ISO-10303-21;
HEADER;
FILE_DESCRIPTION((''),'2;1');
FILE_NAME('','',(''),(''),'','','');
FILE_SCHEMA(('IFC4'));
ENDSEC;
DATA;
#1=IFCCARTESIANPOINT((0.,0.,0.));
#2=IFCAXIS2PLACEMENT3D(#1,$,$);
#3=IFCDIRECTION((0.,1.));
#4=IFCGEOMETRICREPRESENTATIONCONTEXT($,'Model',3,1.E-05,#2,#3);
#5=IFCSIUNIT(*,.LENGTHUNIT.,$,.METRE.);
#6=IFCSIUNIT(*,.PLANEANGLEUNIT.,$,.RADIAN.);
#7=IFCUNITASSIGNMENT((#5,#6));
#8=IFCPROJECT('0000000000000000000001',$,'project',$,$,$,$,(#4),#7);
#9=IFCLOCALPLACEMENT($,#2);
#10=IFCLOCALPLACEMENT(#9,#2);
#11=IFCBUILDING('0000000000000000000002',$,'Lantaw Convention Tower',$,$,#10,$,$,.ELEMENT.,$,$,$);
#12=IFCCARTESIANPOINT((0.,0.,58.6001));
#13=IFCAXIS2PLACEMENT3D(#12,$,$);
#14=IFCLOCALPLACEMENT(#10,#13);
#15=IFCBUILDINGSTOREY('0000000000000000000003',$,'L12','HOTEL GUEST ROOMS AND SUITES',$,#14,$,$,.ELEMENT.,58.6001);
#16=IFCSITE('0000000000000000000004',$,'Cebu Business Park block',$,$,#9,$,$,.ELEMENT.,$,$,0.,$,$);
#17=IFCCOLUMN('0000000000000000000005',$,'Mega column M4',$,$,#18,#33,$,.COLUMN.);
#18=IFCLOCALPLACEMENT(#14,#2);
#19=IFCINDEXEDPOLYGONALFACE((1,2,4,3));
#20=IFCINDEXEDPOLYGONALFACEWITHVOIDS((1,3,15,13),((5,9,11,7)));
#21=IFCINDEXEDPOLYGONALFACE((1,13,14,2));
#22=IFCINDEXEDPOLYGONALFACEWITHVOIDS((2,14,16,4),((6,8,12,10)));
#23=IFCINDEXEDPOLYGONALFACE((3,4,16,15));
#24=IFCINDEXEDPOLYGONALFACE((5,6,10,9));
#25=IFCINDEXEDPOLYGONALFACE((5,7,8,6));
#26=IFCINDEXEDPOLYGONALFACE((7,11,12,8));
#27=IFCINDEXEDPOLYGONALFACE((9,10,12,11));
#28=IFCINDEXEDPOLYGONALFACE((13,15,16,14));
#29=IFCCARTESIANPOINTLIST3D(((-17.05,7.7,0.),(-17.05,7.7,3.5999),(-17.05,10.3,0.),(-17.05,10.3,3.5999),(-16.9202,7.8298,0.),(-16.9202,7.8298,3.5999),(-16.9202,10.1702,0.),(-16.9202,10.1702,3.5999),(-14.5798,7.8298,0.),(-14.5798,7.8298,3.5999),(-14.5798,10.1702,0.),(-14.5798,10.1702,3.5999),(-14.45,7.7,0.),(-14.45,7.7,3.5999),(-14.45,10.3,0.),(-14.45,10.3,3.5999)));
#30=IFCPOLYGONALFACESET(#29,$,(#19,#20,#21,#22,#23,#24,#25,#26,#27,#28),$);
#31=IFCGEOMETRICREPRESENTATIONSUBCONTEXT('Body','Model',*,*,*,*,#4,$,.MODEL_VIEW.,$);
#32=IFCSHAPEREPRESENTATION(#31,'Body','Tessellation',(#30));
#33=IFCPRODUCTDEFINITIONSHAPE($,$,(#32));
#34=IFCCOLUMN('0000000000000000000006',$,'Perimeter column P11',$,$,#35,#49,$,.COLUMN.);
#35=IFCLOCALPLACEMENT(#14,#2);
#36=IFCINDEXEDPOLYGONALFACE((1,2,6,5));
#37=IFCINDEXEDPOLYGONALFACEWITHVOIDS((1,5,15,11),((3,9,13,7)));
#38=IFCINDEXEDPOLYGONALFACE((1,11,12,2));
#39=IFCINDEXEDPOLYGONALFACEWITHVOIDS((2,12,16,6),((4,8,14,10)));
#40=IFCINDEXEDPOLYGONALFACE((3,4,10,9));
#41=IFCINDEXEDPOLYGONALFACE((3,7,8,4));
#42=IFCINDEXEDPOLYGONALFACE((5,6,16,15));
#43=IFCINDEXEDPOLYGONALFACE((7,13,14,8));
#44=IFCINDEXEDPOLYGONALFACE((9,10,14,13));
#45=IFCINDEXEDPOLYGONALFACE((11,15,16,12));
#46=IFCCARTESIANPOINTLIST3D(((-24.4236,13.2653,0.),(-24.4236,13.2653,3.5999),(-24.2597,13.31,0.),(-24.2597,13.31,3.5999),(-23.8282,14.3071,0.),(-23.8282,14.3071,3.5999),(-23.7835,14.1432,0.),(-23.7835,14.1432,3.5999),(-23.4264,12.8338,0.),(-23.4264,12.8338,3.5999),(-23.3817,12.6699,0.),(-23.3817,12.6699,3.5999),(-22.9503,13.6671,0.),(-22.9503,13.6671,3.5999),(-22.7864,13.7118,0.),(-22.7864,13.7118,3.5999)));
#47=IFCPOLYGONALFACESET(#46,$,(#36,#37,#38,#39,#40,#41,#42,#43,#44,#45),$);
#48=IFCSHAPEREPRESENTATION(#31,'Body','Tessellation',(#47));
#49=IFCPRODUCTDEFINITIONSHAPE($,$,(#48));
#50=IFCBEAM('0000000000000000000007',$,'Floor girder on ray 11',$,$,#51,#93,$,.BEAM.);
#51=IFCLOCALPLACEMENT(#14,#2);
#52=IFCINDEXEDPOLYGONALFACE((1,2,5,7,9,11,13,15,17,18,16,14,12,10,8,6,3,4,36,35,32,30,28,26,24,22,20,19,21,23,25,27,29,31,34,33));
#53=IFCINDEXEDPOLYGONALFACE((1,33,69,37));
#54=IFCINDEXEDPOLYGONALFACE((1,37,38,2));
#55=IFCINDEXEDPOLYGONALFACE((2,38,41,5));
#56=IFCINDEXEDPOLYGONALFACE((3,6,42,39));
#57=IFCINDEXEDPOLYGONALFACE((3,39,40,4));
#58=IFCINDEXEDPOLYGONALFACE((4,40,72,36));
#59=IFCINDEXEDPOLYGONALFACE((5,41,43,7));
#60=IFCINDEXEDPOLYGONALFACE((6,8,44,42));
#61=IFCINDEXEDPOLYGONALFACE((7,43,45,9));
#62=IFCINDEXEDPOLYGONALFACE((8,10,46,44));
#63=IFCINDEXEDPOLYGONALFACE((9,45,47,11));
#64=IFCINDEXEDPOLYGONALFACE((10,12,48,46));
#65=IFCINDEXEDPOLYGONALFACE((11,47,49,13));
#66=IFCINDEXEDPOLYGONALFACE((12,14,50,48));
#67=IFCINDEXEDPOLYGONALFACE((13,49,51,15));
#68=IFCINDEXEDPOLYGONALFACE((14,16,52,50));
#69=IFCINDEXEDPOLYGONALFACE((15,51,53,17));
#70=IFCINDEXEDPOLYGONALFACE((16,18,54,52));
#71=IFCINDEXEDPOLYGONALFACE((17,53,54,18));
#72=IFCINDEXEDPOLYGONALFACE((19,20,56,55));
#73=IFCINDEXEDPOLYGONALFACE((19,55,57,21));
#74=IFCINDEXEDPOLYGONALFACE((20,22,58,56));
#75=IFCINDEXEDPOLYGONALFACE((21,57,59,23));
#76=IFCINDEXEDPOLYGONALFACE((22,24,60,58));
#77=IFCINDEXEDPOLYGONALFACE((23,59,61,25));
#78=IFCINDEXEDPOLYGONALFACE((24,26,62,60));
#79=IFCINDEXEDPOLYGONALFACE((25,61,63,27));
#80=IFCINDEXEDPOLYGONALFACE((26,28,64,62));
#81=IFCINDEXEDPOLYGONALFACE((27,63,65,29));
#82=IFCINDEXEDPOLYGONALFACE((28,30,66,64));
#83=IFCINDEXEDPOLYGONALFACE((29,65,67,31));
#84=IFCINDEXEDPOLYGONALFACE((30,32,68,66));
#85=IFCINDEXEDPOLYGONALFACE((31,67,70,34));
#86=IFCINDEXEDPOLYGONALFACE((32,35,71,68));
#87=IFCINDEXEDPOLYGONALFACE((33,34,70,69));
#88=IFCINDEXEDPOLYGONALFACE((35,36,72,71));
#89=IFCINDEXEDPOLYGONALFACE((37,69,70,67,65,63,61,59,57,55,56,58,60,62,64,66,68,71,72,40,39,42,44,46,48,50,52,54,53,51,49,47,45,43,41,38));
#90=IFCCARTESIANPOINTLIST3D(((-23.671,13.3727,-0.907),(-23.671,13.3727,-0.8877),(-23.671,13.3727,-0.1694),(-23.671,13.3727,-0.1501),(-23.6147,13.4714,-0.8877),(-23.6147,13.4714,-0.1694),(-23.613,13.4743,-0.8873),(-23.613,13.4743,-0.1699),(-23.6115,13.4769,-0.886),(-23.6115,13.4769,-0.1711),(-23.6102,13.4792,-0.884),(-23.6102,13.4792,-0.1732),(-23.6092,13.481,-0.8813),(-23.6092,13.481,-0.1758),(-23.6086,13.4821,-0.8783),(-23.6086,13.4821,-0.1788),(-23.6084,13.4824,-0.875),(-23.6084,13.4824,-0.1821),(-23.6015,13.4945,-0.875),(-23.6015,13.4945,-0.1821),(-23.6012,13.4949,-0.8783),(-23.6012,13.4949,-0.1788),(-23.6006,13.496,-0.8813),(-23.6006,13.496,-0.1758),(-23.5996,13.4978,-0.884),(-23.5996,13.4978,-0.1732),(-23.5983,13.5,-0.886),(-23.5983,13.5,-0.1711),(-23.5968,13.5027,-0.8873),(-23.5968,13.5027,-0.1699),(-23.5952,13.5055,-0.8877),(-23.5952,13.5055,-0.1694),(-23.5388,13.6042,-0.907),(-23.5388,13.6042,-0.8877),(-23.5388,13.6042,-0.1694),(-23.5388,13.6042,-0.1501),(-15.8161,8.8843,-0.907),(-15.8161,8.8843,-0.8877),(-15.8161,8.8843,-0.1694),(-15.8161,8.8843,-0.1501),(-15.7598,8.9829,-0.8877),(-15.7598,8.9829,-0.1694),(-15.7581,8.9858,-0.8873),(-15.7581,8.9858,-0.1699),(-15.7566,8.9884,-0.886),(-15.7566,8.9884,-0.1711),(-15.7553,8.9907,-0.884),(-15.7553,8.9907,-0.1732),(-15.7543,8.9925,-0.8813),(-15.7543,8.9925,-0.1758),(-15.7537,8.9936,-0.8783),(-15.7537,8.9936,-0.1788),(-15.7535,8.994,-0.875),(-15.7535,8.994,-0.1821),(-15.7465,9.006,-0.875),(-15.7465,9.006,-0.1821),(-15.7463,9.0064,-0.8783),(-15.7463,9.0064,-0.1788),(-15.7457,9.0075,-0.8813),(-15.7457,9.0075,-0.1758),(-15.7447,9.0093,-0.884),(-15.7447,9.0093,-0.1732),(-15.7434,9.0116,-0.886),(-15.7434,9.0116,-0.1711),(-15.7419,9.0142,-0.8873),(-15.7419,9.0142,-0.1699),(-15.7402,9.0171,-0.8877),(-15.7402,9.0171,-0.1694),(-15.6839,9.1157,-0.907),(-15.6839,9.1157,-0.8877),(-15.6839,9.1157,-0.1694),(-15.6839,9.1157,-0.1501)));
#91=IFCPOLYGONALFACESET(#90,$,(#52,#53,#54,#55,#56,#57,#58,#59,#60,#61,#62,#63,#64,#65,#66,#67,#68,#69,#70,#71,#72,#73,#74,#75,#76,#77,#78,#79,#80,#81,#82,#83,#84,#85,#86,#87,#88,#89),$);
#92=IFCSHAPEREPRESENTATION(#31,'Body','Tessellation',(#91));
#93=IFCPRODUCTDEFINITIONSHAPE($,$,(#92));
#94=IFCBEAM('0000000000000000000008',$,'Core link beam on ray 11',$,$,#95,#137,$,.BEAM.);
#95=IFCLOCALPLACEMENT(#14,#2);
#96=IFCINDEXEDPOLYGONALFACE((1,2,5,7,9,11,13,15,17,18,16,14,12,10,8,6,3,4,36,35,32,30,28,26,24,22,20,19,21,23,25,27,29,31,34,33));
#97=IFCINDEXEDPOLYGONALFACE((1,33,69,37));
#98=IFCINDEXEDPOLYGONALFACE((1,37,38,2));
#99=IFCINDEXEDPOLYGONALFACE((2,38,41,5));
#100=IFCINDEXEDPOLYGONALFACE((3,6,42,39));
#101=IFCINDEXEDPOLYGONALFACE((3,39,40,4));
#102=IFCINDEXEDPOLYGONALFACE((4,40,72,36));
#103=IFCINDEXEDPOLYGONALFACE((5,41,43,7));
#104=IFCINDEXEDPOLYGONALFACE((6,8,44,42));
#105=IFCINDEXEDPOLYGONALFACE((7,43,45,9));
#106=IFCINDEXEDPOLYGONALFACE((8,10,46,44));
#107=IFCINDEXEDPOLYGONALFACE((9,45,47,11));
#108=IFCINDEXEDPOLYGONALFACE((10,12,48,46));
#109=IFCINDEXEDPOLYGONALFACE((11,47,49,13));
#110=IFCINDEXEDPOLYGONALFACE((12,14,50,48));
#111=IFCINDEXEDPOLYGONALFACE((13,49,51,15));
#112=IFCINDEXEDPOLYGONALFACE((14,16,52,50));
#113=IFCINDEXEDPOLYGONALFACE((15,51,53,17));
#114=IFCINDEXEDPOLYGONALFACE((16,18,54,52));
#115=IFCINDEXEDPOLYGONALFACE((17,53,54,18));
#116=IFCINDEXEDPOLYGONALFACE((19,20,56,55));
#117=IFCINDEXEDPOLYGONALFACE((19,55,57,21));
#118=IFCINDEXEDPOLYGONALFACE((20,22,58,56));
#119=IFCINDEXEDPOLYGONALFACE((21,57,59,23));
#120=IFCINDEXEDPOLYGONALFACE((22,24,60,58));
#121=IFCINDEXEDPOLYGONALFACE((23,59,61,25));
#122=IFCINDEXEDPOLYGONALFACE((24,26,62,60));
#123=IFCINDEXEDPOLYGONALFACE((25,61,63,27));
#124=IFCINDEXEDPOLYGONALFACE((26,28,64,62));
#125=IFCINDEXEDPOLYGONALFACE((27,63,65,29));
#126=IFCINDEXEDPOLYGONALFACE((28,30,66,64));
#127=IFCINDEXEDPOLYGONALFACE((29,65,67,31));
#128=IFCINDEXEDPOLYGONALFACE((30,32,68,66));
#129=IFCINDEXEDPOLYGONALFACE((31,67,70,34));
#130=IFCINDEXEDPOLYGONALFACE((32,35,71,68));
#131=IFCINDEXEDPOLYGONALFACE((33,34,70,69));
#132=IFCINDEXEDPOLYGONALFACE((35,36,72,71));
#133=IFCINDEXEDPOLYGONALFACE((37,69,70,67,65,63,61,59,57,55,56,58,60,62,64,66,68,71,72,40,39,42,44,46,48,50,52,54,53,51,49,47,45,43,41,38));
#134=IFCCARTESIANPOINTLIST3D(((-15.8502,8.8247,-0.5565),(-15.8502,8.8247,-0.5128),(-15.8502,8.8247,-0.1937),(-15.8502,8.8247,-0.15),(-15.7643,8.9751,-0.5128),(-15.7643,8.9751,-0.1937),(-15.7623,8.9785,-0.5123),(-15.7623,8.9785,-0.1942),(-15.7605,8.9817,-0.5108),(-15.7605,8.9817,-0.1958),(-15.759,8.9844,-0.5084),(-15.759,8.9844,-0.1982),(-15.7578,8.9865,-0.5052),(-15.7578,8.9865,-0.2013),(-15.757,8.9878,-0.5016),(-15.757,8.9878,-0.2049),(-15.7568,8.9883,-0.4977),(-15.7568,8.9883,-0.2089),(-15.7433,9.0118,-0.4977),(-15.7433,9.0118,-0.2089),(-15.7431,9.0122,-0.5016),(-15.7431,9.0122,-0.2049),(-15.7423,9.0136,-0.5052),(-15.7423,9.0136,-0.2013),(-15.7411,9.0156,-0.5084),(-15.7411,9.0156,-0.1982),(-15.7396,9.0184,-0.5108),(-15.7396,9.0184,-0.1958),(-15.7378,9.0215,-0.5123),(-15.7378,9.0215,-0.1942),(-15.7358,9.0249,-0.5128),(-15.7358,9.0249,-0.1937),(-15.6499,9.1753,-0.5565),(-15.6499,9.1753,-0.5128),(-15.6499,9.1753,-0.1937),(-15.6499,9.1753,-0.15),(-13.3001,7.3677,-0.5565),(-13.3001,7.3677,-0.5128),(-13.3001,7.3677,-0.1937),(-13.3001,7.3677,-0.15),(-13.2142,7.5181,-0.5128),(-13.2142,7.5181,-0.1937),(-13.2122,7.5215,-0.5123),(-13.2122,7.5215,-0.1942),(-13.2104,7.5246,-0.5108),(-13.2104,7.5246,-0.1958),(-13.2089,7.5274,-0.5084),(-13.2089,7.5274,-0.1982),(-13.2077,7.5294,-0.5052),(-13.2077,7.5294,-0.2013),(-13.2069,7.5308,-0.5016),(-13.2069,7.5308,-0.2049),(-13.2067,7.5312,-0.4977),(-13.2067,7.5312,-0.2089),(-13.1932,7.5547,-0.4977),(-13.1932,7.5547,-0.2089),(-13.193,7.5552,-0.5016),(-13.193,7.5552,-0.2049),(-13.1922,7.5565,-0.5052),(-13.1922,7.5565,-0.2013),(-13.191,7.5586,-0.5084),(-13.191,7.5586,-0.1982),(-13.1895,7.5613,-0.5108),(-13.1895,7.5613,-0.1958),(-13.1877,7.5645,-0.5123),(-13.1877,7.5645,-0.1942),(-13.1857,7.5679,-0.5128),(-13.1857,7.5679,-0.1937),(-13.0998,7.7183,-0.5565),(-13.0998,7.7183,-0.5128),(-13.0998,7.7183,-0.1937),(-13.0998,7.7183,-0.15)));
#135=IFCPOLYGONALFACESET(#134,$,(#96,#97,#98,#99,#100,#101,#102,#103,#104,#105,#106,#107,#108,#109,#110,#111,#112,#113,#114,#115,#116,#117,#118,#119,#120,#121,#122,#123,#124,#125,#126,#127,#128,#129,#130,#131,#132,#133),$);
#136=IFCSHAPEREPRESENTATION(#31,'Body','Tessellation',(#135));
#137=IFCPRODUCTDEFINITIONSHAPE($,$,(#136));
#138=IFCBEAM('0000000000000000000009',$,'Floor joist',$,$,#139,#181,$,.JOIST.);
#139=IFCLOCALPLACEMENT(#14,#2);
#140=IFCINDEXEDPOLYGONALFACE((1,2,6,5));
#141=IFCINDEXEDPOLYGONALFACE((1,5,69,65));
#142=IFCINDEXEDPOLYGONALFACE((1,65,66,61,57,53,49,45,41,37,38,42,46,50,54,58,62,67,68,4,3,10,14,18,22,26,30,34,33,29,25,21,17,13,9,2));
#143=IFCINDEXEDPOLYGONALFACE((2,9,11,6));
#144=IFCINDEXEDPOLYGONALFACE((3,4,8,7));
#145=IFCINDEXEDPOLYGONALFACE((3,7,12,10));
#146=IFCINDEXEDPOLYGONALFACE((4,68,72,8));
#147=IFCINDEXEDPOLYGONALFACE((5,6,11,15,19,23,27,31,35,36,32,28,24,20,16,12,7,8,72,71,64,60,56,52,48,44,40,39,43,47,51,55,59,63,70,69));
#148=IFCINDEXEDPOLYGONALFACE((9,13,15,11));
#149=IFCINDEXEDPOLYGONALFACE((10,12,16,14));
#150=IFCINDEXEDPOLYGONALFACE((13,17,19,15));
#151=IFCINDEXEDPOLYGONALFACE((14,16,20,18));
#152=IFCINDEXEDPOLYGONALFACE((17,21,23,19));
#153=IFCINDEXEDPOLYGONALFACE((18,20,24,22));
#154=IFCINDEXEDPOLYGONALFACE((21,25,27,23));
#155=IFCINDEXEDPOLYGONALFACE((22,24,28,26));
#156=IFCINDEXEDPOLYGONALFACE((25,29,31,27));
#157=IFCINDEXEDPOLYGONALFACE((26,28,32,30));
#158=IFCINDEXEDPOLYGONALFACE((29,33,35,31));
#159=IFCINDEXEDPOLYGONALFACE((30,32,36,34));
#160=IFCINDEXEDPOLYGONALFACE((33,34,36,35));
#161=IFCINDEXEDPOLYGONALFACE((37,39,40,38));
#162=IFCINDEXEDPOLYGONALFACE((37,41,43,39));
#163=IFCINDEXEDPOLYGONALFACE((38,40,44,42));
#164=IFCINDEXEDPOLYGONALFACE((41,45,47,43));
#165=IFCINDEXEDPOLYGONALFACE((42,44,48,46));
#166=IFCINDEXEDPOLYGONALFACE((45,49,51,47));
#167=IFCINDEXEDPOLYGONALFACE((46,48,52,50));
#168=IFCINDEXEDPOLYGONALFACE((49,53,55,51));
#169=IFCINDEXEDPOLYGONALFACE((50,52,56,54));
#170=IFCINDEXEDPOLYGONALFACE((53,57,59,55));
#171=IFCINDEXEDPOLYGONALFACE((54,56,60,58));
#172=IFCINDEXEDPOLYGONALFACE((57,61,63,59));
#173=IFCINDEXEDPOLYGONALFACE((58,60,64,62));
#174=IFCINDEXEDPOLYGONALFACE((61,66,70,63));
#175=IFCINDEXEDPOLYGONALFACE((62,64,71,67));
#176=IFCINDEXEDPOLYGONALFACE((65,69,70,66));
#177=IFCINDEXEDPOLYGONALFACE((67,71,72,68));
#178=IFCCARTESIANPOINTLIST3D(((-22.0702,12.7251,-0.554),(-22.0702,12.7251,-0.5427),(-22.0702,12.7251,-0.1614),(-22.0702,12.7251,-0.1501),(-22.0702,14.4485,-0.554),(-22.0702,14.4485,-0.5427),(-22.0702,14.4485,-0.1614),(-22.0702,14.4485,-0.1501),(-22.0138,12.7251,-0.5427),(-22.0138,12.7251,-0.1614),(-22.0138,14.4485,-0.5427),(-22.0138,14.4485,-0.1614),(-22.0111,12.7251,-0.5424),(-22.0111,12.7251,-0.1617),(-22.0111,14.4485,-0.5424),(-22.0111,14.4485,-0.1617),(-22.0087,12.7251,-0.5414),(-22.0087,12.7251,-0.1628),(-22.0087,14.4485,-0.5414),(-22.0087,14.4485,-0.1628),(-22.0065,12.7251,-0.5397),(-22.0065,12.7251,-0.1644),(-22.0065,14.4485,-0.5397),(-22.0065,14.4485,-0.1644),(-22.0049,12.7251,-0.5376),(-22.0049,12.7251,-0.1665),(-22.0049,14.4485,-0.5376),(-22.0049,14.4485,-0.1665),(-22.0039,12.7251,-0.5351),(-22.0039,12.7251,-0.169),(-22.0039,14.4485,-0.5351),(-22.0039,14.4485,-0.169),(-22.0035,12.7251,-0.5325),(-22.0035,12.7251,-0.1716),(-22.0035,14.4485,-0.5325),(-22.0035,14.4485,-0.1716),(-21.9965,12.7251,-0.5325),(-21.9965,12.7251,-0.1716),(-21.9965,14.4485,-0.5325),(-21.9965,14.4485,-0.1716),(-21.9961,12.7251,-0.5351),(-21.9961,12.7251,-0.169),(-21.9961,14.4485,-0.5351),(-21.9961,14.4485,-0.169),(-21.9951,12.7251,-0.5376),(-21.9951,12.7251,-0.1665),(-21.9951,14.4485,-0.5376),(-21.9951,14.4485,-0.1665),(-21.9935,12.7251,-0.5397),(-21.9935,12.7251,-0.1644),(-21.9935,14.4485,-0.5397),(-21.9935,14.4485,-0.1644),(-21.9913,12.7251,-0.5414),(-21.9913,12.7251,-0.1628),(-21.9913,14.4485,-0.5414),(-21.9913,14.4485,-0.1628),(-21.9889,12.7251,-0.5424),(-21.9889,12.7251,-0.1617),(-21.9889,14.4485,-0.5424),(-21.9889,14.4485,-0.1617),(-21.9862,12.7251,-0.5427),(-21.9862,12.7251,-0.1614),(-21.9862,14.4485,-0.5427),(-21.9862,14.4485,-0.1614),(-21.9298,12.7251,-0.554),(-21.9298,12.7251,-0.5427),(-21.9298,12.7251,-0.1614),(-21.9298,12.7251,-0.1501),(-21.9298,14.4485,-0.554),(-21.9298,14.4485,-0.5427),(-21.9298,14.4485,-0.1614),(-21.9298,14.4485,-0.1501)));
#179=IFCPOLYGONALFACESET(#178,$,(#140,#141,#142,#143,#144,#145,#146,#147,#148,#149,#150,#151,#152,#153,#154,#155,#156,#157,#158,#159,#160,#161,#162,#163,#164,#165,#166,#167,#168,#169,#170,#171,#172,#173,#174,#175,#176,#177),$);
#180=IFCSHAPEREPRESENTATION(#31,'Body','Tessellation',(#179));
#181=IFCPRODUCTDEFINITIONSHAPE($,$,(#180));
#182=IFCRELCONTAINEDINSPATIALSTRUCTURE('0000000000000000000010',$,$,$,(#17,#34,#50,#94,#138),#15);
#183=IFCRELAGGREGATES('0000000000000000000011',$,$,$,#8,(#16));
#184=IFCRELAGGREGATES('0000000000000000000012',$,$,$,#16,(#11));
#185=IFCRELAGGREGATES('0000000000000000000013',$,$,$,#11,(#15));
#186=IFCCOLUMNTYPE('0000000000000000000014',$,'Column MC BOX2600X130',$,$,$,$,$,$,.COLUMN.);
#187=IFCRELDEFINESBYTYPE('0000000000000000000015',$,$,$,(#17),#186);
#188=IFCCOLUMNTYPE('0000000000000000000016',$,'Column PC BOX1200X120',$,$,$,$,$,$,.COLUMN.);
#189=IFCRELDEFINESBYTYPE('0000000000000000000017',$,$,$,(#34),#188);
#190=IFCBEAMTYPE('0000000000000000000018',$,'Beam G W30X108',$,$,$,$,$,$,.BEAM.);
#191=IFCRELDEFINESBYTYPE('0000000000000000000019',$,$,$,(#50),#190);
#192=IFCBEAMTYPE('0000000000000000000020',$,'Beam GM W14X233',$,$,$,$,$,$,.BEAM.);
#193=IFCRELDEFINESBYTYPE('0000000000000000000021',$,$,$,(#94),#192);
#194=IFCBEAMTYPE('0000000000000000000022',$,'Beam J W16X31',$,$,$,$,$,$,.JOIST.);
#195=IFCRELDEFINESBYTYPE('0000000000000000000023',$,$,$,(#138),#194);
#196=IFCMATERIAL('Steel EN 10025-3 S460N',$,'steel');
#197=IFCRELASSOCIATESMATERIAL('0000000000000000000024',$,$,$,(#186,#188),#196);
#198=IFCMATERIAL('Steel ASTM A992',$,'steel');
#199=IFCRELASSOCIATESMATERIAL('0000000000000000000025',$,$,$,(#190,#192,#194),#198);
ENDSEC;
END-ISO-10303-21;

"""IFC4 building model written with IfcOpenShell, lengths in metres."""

from ifc_helpers import new_model, si_unit, direction, frame, origin, origin_2d, place, context, subcontext, project, spatial, rectangle, hollow_rectangle, i_section, extrude, material, material_profile, profile_set, type_object, element, save


model = new_model("IFC4")

# Units and contexts
model_context = context("Model", 3, precision=1e-05, world=origin(), true_north=direction((0.0, 1.0)))
body_context = subcontext(model_context, "Body", "Model", "MODEL_VIEW")
ifc_project = project(units=[si_unit("LENGTHUNIT", "METRE"), si_unit("PLANEANGLEUNIT", "RADIAN")], contexts=[model_context])

# Site, building, storey
site_placement = place(None, origin())
site = spatial("IfcSite", under=ifc_project, at=site_placement, Name="Cebu Business Park block", CompositionType="ELEMENT", RefElevation=0.0)
building_placement = place(site_placement, origin())
building = spatial("IfcBuilding", under=site, at=building_placement, Name="Lantaw Convention Tower", CompositionType="ELEMENT")
storey_placement = place(building_placement, frame((0.0, 0.0, 58.6001)))
storey = spatial("IfcBuildingStorey", under=building, at=storey_placement, Name="L12", Description="HOTEL GUEST ROOMS AND SUITES", CompositionType="ELEMENT", Elevation=58.6001)

# Columns
ifc_material_1 = material(Name="Steel EN 10025-3 S460N", Category="steel")
ifc_material_profile_1 = material_profile(ifc_material_1, hollow_rectangle(XDim=2.6001, YDim=2.6001, WallThickness=0.1299, at=origin_2d()), Name="BOX2600X130")
ifc_material_2 = material(Name="Concrete C60/75", Category="concrete")
ifc_material_profile_2 = material_profile(ifc_material_2, rectangle(XDim=2.3401, YDim=2.3401, at=origin_2d()), Name="Concrete fill of BOX2600X130")
ifc_profile_set_1 = profile_set([ifc_material_profile_1, ifc_material_profile_2], Name="Steel EN 10025-3 S460N")
column_type_1 = type_object("IfcColumnType", Name="Column MC BOX2600X130", PredefinedType="COLUMN", material=ifc_profile_set_1)
column_1_placement = place(storey_placement, frame((-15.75, 9.0, 0.0), z_axis=(0.0, 0.0, 1.0), x_axis=(1.0, 0.0, 0.0)))
element("IfcColumn", 1, at=column_1_placement, inside=storey, type_object=column_type_1, Name="Mega column M4", PredefinedType="COLUMN", context=body_context, shape_type="SweptSolid", body=[
    extrude(hollow_rectangle(XDim=2.6001, YDim=2.6001, WallThickness=0.1299, at=origin_2d()), origin(), (0.0, 0.0, 1.0), 3.5999),
])
ifc_material_profile_3 = material_profile(ifc_material_1, hollow_rectangle(XDim=1.2, YDim=1.2, WallThickness=0.1201, at=origin_2d()), Name="BOX1200X120")
ifc_material_profile_4 = material_profile(ifc_material_2, rectangle(XDim=0.96, YDim=0.96, at=origin_2d()), Name="Concrete fill of BOX1200X120")
ifc_profile_set_2 = profile_set([ifc_material_profile_3, ifc_material_profile_4], Name="Steel EN 10025-3 S460N")
column_type_2 = type_object("IfcColumnType", Name="Column PC BOX1200X120", PredefinedType="COLUMN", material=ifc_profile_set_2)
column_2_placement = place(storey_placement, frame((-23.605, 13.4885, 0.0), z_axis=(0.0, 0.0, 1.0), x_axis=(0.496139, 0.868243, 0.0)))
element("IfcColumn", 2, at=column_2_placement, inside=storey, type_object=column_type_2, Name="Perimeter column P11", PredefinedType="COLUMN", context=body_context, shape_type="SweptSolid", body=[
    extrude(hollow_rectangle(XDim=1.2, YDim=1.2, WallThickness=0.1201, at=origin_2d()), origin(), (0.0, 0.0, 1.0), 3.5999),
])

# Beams
ifc_material_3 = material(Name="Steel ASTM A992", Category="steel")
ifc_material_profile_5 = material_profile(ifc_material_3, i_section(OverallWidth=0.2666, OverallDepth=0.7568, WebThickness=0.0139, FlangeThickness=0.0193, FilletRadius=0.0127, at=origin_2d()), Name="W30X108")
ifc_profile_set_3 = profile_set([ifc_material_profile_5], Name="Steel ASTM A992")
beam_type_1 = type_object("IfcBeamType", Name="Beam G W30X108", PredefinedType="BEAM", material=ifc_profile_set_3)
beam_1_placement = place(storey_placement, frame((-15.75, 9.0, -0.5286), z_axis=(-0.868245, 0.496136, 0.0), x_axis=(-0.496136, -0.868245, 0.0)))
element("IfcBeam", 3, at=beam_1_placement, inside=storey, type_object=beam_type_1, Name="Floor girder on ray 11", PredefinedType="BEAM", context=body_context, shape_type="SweptSolid", body=[
    extrude(i_section(OverallWidth=0.2666, OverallDepth=0.7568, WebThickness=0.0139, FlangeThickness=0.0193, FilletRadius=0.0127, at=origin_2d()), origin(), (0.0, 0.0, 1.0), 9.0469),
])
ifc_material_profile_6 = material_profile(ifc_material_3, i_section(OverallWidth=0.4038, OverallDepth=0.4065, WebThickness=0.0271, FlangeThickness=0.0437, FilletRadius=0.0151, at=origin_2d()), Name="W14X233")
ifc_profile_set_4 = profile_set([ifc_material_profile_6], Name="Steel ASTM A992")
beam_type_2 = type_object("IfcBeamType", Name="Beam GM W14X233", PredefinedType="BEAM", material=ifc_profile_set_4)
beam_2_placement = place(storey_placement, frame((-13.2, 7.543, -0.3533), z_axis=(-0.868264, 0.496103, 0.0), x_axis=(-0.496103, -0.868264, 0.0)))
element("IfcBeam", 4, at=beam_2_placement, inside=storey, type_object=beam_type_2, Name="Core link beam on ray 11", PredefinedType="BEAM", context=body_context, shape_type="SweptSolid", body=[
    extrude(i_section(OverallWidth=0.4038, OverallDepth=0.4065, WebThickness=0.0271, FlangeThickness=0.0437, FilletRadius=0.0151, at=origin_2d()), origin(), (0.0, 0.0, 1.0), 2.937),
])
ifc_material_profile_7 = material_profile(ifc_material_3, i_section(OverallWidth=0.1404, OverallDepth=0.4038, WebThickness=0.0071, FlangeThickness=0.0112, FilletRadius=0.0103, at=origin_2d()), Name="W16X31")
ifc_profile_set_5 = profile_set([ifc_material_profile_7], Name="Steel ASTM A992")
beam_type_3 = type_object("IfcBeamType", Name="Beam J W16X31", PredefinedType="JOIST", material=ifc_profile_set_5)
beam_3_placement = place(storey_placement, frame((-22.0, 12.7251, -0.3521), z_axis=(0.0, 1.0, 0.0), x_axis=(-1.0, 0.0, 0.0)))
element("IfcBeam", 5, at=beam_3_placement, inside=storey, type_object=beam_type_3, Name="Floor joist", PredefinedType="JOIST", context=body_context, shape_type="SweptSolid", body=[
    extrude(i_section(OverallWidth=0.1404, OverallDepth=0.4038, WebThickness=0.0071, FlangeThickness=0.0112, FilletRadius=0.0103, at=origin_2d()), origin(), (0.0, 0.0, 1.0), 1.7234),
])

save(model, "model.ifc")
